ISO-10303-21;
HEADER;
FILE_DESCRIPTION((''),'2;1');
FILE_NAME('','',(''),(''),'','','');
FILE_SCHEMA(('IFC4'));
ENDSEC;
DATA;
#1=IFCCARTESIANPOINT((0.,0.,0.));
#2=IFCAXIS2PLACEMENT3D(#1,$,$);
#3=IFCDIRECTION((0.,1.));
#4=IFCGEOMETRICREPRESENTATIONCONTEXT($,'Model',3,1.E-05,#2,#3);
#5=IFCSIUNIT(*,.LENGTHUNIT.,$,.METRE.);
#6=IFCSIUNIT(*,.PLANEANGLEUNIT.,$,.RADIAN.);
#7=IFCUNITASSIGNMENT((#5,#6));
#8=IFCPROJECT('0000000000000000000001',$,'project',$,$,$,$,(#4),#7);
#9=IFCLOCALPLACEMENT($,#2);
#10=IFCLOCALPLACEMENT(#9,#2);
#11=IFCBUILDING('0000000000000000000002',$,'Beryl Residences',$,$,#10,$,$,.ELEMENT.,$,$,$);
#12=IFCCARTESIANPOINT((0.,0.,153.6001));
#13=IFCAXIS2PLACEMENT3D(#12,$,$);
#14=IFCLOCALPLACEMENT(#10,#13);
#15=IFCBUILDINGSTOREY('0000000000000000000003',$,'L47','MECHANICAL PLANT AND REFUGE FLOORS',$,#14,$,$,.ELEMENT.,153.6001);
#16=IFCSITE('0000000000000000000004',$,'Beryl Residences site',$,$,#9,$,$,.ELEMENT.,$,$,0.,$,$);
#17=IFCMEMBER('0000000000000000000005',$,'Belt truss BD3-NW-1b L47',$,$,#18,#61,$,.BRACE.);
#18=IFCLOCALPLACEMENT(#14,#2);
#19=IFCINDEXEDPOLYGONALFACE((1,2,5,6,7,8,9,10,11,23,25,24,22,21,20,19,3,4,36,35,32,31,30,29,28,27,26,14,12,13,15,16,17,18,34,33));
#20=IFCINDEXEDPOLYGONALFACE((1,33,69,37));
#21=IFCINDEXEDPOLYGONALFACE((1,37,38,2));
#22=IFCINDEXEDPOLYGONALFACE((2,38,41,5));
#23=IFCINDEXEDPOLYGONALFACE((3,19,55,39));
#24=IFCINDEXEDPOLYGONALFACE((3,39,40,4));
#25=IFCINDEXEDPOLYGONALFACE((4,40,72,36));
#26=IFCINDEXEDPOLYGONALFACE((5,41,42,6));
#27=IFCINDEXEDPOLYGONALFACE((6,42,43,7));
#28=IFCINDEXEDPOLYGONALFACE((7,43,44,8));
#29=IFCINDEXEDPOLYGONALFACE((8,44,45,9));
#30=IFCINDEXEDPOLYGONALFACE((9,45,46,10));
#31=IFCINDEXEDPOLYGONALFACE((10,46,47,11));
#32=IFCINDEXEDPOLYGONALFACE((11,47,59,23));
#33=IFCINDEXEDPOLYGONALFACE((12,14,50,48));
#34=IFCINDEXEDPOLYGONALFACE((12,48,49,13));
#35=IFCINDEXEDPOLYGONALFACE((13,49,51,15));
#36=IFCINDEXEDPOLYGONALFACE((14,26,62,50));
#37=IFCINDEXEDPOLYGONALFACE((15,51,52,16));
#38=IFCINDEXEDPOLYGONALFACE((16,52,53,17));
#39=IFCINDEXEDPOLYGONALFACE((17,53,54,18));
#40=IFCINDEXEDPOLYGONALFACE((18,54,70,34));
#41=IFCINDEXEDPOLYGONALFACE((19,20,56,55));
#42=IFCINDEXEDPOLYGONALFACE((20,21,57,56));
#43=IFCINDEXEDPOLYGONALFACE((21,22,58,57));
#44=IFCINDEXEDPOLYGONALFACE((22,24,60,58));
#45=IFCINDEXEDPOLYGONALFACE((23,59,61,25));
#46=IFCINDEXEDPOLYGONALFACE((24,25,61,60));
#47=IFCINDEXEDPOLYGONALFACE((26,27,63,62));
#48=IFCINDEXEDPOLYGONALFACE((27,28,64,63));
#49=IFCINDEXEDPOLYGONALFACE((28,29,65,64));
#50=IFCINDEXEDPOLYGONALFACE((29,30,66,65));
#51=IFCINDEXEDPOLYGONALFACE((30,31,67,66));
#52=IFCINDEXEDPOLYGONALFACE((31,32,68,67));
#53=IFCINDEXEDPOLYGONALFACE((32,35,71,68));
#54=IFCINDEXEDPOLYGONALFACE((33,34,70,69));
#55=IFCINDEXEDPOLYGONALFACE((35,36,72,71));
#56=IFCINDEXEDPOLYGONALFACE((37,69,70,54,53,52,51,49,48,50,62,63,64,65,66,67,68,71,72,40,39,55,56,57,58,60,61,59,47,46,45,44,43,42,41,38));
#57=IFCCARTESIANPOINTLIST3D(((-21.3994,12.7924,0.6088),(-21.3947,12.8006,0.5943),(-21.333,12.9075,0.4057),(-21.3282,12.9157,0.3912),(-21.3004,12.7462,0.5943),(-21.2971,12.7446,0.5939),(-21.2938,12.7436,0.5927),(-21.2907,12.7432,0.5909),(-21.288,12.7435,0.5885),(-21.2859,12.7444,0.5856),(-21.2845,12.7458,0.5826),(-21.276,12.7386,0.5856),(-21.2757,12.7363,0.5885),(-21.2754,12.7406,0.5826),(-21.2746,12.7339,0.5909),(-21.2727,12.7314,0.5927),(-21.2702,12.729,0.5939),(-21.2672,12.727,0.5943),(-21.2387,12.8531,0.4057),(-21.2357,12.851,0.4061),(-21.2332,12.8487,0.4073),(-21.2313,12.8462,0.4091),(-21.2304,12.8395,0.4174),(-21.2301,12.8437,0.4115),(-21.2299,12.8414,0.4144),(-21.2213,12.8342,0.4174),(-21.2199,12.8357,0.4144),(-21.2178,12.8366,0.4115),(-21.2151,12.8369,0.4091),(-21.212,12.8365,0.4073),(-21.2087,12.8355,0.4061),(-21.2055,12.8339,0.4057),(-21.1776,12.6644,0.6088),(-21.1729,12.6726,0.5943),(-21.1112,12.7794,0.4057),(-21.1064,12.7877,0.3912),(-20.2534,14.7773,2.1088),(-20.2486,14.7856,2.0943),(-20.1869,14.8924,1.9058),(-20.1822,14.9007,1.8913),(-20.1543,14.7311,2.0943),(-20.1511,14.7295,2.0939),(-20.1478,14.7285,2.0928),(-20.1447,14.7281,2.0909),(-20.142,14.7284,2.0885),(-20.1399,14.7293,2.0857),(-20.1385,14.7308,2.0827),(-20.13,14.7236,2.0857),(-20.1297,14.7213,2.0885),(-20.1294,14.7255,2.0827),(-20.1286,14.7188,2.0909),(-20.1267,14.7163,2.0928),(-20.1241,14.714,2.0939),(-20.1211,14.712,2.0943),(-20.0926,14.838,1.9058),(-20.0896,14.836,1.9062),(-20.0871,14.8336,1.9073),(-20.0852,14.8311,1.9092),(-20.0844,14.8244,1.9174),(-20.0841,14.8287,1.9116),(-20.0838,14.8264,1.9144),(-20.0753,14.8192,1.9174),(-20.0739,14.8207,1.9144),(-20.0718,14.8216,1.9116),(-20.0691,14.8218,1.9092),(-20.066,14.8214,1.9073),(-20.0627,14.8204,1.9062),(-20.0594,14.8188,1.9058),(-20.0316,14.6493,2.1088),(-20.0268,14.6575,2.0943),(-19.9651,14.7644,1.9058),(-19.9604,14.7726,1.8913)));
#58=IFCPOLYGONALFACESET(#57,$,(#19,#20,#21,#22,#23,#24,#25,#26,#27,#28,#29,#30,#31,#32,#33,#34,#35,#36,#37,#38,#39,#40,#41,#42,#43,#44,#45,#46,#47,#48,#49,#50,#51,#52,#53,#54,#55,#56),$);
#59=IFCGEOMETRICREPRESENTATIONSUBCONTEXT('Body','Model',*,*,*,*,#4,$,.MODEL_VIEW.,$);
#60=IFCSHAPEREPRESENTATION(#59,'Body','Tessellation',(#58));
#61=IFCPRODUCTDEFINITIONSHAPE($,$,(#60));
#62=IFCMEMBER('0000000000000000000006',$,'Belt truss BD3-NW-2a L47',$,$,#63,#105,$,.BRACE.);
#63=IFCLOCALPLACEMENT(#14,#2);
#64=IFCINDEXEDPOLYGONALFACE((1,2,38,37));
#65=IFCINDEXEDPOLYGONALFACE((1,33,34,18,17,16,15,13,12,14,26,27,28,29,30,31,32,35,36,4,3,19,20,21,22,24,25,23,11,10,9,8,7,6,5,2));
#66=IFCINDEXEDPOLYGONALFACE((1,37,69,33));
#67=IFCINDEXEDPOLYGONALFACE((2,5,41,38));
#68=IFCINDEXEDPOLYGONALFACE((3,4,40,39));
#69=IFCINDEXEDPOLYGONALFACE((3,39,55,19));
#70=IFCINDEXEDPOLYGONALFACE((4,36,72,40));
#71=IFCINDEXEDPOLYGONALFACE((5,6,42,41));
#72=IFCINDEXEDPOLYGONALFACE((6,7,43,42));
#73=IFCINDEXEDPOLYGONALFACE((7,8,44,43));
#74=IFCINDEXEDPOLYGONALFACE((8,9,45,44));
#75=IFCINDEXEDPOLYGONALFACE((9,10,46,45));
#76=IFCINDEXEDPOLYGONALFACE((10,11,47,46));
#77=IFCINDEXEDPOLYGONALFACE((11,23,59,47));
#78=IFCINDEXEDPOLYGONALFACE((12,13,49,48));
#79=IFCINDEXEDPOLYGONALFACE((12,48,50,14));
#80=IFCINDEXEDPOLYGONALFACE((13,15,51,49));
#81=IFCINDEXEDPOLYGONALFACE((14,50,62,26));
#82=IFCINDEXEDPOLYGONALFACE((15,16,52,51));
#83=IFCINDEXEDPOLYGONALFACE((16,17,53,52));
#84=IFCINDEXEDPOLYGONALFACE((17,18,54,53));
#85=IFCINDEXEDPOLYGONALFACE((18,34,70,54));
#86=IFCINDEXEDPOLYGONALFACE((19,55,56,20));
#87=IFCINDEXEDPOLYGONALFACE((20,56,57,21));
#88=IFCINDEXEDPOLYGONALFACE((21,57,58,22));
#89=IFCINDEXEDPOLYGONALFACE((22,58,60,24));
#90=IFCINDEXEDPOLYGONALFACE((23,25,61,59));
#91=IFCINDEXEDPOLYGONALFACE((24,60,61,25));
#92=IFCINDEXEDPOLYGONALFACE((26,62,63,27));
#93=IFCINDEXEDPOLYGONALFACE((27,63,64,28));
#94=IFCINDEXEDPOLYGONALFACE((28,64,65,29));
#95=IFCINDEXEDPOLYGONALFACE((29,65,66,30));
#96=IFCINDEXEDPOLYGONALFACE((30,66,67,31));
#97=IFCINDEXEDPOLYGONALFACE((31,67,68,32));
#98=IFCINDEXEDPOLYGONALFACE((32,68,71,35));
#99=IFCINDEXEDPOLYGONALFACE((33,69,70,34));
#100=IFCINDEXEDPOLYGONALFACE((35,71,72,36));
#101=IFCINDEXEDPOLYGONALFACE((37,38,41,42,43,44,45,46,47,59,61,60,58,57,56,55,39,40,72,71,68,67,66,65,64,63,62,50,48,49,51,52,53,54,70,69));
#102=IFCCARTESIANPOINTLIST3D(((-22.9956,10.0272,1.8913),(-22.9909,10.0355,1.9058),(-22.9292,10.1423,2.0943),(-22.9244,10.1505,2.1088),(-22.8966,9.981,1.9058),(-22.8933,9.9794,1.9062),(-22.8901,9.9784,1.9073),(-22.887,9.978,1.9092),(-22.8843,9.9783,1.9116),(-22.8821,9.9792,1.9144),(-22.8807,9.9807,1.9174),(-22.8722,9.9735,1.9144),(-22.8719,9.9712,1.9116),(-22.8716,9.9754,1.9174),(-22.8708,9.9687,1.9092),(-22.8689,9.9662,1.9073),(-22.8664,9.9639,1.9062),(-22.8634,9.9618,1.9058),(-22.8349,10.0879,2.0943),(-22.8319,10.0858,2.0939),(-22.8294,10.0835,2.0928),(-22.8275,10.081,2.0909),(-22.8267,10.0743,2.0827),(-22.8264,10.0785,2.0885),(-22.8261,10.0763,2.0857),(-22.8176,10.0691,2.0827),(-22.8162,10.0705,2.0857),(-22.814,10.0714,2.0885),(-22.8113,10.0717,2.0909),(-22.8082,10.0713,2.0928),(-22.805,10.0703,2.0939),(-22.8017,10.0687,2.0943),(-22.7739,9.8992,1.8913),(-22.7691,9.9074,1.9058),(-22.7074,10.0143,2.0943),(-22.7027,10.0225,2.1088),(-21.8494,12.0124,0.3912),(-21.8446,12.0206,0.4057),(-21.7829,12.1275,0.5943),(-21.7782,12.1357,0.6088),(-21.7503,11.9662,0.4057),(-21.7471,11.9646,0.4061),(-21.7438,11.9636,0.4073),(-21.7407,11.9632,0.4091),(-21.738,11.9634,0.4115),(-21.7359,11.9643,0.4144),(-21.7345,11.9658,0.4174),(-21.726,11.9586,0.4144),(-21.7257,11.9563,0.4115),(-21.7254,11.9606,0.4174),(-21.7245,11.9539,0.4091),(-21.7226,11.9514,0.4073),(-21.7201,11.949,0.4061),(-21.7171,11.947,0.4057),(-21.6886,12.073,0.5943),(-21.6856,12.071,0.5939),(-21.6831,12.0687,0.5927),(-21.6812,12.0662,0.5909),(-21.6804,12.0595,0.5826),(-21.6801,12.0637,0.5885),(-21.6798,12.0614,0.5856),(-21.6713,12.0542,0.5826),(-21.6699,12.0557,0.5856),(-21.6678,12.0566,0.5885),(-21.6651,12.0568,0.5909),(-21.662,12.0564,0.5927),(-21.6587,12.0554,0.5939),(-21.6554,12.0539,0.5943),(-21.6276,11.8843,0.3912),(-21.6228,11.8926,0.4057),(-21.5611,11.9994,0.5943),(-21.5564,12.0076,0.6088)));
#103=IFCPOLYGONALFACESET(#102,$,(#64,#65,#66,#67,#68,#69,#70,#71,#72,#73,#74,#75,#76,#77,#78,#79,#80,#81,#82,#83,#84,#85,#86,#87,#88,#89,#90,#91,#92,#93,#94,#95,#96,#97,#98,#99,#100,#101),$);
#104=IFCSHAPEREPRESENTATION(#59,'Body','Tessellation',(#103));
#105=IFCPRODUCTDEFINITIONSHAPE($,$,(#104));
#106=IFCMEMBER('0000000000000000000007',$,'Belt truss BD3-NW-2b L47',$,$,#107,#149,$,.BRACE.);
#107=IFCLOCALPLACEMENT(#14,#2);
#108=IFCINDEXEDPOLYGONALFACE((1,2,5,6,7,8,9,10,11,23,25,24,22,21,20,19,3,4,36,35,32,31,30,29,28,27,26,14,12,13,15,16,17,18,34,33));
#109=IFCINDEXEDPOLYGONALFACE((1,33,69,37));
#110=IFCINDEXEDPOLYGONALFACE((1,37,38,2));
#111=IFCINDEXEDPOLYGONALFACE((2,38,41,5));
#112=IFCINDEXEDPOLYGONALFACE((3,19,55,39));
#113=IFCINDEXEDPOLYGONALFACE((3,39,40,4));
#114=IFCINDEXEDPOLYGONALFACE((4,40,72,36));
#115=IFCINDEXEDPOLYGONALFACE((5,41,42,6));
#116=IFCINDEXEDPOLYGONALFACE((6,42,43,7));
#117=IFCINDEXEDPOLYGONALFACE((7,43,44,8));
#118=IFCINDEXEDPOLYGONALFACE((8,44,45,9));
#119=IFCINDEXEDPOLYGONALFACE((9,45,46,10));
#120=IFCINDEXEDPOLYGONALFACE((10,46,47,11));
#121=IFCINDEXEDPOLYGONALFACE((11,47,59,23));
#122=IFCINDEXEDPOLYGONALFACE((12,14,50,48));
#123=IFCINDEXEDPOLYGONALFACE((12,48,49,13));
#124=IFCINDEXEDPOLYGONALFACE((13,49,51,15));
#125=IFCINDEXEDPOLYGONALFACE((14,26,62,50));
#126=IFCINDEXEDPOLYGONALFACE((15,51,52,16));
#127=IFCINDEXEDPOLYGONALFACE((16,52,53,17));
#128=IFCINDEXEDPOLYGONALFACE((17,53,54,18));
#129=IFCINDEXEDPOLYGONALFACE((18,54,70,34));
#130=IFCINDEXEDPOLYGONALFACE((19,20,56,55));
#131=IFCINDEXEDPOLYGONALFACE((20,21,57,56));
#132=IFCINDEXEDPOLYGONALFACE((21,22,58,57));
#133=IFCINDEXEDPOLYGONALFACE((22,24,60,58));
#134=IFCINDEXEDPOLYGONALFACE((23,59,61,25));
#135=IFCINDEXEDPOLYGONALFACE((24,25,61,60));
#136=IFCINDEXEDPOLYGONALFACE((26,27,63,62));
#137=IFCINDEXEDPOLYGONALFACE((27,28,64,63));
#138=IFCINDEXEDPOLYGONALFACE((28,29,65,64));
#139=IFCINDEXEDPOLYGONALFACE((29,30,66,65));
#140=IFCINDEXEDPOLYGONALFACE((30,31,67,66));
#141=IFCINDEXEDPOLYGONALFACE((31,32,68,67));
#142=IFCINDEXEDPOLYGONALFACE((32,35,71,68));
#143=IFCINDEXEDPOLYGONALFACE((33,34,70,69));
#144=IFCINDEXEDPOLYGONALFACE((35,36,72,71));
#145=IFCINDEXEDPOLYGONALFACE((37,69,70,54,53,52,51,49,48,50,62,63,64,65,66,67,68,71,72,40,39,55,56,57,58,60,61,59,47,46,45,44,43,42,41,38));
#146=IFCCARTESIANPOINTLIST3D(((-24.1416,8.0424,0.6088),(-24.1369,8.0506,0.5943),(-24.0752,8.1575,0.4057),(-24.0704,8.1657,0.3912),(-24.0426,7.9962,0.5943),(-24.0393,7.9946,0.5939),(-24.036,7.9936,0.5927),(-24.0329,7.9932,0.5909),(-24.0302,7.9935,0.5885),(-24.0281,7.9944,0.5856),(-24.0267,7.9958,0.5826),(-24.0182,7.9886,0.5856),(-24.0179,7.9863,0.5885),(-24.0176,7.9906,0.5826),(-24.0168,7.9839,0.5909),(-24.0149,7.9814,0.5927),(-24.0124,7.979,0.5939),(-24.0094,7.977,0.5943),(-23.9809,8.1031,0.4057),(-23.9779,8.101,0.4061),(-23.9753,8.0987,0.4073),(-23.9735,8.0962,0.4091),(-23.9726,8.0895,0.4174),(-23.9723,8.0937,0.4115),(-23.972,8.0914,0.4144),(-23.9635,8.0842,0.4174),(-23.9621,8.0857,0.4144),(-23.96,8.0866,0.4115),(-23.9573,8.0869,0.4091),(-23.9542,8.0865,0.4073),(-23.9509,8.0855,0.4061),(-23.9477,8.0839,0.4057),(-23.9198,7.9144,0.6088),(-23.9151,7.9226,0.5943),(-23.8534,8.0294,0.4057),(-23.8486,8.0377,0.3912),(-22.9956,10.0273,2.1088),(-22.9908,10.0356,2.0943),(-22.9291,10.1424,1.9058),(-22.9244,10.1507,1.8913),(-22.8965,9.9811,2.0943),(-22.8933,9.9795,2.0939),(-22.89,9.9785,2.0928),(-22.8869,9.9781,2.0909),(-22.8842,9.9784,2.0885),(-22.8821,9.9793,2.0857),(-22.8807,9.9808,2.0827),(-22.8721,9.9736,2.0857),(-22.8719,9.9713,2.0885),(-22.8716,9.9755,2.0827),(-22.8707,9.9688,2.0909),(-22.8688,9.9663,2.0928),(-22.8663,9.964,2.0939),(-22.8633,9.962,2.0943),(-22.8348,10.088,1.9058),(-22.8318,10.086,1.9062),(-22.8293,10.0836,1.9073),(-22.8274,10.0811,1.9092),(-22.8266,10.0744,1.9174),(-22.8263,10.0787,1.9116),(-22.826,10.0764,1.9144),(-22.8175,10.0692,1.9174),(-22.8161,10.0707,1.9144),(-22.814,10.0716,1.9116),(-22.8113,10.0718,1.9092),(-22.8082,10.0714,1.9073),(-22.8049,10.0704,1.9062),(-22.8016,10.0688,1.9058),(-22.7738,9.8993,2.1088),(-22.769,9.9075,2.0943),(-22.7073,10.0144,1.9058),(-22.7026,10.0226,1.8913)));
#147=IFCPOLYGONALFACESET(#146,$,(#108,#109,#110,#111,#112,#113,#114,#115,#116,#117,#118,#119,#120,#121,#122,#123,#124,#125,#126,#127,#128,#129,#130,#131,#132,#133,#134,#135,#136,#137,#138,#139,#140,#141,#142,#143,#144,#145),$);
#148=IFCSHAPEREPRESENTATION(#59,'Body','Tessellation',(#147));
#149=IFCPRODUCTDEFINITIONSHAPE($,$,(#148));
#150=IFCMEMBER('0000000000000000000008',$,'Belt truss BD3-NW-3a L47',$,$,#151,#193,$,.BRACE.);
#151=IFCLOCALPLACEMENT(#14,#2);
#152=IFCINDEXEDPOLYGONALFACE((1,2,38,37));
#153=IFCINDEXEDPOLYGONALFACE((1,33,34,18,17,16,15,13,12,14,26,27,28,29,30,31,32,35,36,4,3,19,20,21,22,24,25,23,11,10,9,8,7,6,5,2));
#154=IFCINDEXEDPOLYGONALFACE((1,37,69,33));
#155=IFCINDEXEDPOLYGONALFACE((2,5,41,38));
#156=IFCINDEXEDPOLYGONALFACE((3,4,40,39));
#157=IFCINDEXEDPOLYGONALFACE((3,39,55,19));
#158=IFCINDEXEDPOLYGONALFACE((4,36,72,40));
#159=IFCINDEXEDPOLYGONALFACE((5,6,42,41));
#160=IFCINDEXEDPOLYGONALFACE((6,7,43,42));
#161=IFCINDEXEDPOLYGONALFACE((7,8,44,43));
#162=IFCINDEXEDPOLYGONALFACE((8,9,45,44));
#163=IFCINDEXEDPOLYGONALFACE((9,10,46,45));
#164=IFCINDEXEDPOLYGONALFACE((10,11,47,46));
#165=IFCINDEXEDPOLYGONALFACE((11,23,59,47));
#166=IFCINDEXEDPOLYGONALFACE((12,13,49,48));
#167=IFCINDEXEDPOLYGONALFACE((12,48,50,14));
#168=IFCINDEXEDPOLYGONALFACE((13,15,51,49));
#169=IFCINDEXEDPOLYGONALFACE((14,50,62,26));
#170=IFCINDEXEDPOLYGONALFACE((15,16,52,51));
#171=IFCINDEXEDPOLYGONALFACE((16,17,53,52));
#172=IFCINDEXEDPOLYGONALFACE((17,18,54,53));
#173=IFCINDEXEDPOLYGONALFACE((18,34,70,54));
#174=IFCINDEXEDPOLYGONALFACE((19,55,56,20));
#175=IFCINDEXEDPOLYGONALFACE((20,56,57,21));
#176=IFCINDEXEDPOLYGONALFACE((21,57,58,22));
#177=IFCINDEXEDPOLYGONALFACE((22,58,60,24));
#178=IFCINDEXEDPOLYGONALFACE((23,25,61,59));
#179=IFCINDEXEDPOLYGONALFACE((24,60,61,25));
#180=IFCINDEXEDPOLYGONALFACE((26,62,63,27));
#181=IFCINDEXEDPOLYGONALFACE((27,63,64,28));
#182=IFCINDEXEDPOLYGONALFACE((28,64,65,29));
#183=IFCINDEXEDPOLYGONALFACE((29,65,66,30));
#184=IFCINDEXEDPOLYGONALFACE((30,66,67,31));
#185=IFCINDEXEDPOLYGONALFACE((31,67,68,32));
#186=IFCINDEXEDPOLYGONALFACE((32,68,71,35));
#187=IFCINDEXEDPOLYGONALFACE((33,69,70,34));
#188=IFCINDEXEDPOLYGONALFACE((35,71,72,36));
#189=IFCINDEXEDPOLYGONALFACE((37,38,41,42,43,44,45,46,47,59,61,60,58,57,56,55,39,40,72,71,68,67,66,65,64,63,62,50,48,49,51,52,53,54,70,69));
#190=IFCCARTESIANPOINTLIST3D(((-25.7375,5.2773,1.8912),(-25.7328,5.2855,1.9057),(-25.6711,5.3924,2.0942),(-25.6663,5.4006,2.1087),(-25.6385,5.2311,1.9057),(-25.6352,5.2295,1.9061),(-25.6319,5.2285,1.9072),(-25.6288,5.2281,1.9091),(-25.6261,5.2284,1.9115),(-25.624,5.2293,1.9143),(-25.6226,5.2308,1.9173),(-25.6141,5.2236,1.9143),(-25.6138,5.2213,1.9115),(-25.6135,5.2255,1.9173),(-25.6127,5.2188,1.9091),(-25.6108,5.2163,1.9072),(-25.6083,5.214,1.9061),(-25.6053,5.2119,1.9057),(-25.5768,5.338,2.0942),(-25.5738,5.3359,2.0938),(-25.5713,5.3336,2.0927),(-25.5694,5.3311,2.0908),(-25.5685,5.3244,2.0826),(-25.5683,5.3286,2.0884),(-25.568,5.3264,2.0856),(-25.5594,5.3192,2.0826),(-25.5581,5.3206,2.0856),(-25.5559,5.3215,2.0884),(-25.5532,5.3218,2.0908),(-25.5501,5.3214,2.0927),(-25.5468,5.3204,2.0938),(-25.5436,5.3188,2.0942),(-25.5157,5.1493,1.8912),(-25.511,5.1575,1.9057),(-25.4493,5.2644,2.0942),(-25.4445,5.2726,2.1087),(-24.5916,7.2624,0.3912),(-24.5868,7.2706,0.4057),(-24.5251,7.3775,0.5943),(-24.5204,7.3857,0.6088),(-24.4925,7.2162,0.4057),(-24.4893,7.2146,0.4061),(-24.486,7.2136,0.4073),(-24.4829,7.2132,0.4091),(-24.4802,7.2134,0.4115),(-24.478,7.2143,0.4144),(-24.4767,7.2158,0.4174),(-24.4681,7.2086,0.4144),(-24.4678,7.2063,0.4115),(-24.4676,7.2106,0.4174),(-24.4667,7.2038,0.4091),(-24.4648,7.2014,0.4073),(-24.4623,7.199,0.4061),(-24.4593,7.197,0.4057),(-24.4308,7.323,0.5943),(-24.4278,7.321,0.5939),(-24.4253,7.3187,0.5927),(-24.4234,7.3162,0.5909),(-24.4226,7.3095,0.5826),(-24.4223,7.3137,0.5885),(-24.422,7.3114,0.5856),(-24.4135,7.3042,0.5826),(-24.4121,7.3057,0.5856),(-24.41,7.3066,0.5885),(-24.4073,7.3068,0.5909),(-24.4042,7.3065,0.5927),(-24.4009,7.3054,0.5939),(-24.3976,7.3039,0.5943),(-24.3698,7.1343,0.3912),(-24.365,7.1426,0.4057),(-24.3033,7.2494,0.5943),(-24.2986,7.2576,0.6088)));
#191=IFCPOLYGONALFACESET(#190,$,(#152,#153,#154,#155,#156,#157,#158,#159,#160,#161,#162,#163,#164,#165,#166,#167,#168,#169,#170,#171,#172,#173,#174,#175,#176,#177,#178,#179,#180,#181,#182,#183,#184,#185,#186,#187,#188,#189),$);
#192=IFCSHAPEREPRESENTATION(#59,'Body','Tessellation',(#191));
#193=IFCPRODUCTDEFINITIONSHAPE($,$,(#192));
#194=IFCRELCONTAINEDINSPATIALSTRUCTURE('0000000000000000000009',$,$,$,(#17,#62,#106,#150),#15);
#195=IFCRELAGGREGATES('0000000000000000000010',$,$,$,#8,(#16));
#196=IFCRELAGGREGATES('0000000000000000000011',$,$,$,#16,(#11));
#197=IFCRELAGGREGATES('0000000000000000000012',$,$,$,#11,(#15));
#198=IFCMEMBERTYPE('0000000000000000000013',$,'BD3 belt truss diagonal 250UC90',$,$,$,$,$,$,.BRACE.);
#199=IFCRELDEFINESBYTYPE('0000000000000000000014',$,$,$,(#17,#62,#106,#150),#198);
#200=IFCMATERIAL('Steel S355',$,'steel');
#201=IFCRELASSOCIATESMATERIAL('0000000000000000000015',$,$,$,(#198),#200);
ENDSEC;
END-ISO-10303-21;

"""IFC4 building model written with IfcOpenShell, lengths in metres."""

from ifc_helpers import new_model, si_unit, direction, frame, origin, origin_2d, place, context, subcontext, project, spatial, i_section, extrude, material, material_profile, profile_set, type_object, element, save


model = new_model("IFC4")

# Units and contexts
model_context = context("Model", 3, precision=1e-05, world=origin(), true_north=direction((0.0, 1.0)))
body_context = subcontext(model_context, "Body", "Model", "MODEL_VIEW")
ifc_project = project(units=[si_unit("LENGTHUNIT", "METRE"), si_unit("PLANEANGLEUNIT", "RADIAN")], contexts=[model_context])

# Site, building, storey
site_placement = place(None, origin())
site = spatial("IfcSite", under=ifc_project, at=site_placement, Name="Beryl Residences site", CompositionType="ELEMENT", RefElevation=0.0)
building_placement = place(site_placement, origin())
building = spatial("IfcBuilding", under=site, at=building_placement, Name="Beryl Residences", CompositionType="ELEMENT")
storey_placement = place(building_placement, frame((0.0, 0.0, 153.6001)))
storey = spatial("IfcBuildingStorey", under=building, at=storey_placement, Name="L47", Description="MECHANICAL PLANT AND REFUGE FLOORS", CompositionType="ELEMENT", Elevation=153.6001)

# Members
ifc_material_1 = material(Name="Steel S355", Category="steel")
ifc_material_profile_1 = material_profile(ifc_material_1, i_section(OverallWidth=0.2561, OverallDepth=0.26, WebThickness=0.0105, FlangeThickness=0.0173, FilletRadius=0.0139, at=origin_2d()))
ifc_profile_set_1 = profile_set([ifc_material_profile_1], Name="Steel S355")
member_type_1 = type_object("IfcMemberType", Name="BD3 belt truss diagonal 250UC90", PredefinedType="BRACE", material=ifc_profile_set_1)
member_1_placement = place(storey_placement, frame((-21.2529, 12.79, 0.5), z_axis=(0.418375, 0.724625, 0.547613), x_axis=(-0.866019, 0.500011, 0.0)))
element("IfcMember", 1, at=member_1_placement, inside=storey, type_object=member_type_1, Name="Belt truss BD3-NW-1b L47", PredefinedType="BRACE", context=body_context, shape_type="SweptSolid", body=[
    extrude(i_section(OverallWidth=0.2561, OverallDepth=0.26, WebThickness=0.0105, FlangeThickness=0.0173, FilletRadius=0.0139, at=origin_2d()), origin(), (0.0, 0.0, 1.0), 2.7393),
])
member_2_placement = place(storey_placement, frame((-21.7029, 12.01, 0.5), z_axis=(-0.418422, -0.724641, 0.547558), x_axis=(0.865999, -0.500045, 0.0)))
element("IfcMember", 2, at=member_2_placement, inside=storey, type_object=member_type_1, Name="Belt truss BD3-NW-2a L47", PredefinedType="BRACE", context=body_context, shape_type="SweptSolid", body=[
    extrude(i_section(OverallWidth=0.2561, OverallDepth=0.26, WebThickness=0.0105, FlangeThickness=0.0173, FilletRadius=0.0139, at=origin_2d()), origin(), (0.0, 0.0, 1.0), 2.7395),
])
for number, where, z_axis, x_axis, name in (
    (3, (-23.9951, 8.04, 0.5), (0.418375, 0.724625, 0.547613), (-0.866019, 0.500011, 0.0), "Belt truss BD3-NW-2b L47"),
    (4, (-24.4451, 7.26, 0.5), (-0.418348, -0.724668, 0.547578), (0.866045, -0.499965, 0.0), "Belt truss BD3-NW-3a L47"),
):
    element("IfcMember", number, at=place(storey_placement, frame(where, z_axis=z_axis, x_axis=x_axis)), inside=storey, type_object=member_type_1, Name=name, PredefinedType="BRACE", context=body_context, shape_type="SweptSolid", body=[
        extrude(i_section(OverallWidth=0.2561, OverallDepth=0.26, WebThickness=0.0105, FlangeThickness=0.0173, FilletRadius=0.0139, at=origin_2d()), origin(), (0.0, 0.0, 1.0), 2.7393),
    ])

save(model, "model.ifc")
